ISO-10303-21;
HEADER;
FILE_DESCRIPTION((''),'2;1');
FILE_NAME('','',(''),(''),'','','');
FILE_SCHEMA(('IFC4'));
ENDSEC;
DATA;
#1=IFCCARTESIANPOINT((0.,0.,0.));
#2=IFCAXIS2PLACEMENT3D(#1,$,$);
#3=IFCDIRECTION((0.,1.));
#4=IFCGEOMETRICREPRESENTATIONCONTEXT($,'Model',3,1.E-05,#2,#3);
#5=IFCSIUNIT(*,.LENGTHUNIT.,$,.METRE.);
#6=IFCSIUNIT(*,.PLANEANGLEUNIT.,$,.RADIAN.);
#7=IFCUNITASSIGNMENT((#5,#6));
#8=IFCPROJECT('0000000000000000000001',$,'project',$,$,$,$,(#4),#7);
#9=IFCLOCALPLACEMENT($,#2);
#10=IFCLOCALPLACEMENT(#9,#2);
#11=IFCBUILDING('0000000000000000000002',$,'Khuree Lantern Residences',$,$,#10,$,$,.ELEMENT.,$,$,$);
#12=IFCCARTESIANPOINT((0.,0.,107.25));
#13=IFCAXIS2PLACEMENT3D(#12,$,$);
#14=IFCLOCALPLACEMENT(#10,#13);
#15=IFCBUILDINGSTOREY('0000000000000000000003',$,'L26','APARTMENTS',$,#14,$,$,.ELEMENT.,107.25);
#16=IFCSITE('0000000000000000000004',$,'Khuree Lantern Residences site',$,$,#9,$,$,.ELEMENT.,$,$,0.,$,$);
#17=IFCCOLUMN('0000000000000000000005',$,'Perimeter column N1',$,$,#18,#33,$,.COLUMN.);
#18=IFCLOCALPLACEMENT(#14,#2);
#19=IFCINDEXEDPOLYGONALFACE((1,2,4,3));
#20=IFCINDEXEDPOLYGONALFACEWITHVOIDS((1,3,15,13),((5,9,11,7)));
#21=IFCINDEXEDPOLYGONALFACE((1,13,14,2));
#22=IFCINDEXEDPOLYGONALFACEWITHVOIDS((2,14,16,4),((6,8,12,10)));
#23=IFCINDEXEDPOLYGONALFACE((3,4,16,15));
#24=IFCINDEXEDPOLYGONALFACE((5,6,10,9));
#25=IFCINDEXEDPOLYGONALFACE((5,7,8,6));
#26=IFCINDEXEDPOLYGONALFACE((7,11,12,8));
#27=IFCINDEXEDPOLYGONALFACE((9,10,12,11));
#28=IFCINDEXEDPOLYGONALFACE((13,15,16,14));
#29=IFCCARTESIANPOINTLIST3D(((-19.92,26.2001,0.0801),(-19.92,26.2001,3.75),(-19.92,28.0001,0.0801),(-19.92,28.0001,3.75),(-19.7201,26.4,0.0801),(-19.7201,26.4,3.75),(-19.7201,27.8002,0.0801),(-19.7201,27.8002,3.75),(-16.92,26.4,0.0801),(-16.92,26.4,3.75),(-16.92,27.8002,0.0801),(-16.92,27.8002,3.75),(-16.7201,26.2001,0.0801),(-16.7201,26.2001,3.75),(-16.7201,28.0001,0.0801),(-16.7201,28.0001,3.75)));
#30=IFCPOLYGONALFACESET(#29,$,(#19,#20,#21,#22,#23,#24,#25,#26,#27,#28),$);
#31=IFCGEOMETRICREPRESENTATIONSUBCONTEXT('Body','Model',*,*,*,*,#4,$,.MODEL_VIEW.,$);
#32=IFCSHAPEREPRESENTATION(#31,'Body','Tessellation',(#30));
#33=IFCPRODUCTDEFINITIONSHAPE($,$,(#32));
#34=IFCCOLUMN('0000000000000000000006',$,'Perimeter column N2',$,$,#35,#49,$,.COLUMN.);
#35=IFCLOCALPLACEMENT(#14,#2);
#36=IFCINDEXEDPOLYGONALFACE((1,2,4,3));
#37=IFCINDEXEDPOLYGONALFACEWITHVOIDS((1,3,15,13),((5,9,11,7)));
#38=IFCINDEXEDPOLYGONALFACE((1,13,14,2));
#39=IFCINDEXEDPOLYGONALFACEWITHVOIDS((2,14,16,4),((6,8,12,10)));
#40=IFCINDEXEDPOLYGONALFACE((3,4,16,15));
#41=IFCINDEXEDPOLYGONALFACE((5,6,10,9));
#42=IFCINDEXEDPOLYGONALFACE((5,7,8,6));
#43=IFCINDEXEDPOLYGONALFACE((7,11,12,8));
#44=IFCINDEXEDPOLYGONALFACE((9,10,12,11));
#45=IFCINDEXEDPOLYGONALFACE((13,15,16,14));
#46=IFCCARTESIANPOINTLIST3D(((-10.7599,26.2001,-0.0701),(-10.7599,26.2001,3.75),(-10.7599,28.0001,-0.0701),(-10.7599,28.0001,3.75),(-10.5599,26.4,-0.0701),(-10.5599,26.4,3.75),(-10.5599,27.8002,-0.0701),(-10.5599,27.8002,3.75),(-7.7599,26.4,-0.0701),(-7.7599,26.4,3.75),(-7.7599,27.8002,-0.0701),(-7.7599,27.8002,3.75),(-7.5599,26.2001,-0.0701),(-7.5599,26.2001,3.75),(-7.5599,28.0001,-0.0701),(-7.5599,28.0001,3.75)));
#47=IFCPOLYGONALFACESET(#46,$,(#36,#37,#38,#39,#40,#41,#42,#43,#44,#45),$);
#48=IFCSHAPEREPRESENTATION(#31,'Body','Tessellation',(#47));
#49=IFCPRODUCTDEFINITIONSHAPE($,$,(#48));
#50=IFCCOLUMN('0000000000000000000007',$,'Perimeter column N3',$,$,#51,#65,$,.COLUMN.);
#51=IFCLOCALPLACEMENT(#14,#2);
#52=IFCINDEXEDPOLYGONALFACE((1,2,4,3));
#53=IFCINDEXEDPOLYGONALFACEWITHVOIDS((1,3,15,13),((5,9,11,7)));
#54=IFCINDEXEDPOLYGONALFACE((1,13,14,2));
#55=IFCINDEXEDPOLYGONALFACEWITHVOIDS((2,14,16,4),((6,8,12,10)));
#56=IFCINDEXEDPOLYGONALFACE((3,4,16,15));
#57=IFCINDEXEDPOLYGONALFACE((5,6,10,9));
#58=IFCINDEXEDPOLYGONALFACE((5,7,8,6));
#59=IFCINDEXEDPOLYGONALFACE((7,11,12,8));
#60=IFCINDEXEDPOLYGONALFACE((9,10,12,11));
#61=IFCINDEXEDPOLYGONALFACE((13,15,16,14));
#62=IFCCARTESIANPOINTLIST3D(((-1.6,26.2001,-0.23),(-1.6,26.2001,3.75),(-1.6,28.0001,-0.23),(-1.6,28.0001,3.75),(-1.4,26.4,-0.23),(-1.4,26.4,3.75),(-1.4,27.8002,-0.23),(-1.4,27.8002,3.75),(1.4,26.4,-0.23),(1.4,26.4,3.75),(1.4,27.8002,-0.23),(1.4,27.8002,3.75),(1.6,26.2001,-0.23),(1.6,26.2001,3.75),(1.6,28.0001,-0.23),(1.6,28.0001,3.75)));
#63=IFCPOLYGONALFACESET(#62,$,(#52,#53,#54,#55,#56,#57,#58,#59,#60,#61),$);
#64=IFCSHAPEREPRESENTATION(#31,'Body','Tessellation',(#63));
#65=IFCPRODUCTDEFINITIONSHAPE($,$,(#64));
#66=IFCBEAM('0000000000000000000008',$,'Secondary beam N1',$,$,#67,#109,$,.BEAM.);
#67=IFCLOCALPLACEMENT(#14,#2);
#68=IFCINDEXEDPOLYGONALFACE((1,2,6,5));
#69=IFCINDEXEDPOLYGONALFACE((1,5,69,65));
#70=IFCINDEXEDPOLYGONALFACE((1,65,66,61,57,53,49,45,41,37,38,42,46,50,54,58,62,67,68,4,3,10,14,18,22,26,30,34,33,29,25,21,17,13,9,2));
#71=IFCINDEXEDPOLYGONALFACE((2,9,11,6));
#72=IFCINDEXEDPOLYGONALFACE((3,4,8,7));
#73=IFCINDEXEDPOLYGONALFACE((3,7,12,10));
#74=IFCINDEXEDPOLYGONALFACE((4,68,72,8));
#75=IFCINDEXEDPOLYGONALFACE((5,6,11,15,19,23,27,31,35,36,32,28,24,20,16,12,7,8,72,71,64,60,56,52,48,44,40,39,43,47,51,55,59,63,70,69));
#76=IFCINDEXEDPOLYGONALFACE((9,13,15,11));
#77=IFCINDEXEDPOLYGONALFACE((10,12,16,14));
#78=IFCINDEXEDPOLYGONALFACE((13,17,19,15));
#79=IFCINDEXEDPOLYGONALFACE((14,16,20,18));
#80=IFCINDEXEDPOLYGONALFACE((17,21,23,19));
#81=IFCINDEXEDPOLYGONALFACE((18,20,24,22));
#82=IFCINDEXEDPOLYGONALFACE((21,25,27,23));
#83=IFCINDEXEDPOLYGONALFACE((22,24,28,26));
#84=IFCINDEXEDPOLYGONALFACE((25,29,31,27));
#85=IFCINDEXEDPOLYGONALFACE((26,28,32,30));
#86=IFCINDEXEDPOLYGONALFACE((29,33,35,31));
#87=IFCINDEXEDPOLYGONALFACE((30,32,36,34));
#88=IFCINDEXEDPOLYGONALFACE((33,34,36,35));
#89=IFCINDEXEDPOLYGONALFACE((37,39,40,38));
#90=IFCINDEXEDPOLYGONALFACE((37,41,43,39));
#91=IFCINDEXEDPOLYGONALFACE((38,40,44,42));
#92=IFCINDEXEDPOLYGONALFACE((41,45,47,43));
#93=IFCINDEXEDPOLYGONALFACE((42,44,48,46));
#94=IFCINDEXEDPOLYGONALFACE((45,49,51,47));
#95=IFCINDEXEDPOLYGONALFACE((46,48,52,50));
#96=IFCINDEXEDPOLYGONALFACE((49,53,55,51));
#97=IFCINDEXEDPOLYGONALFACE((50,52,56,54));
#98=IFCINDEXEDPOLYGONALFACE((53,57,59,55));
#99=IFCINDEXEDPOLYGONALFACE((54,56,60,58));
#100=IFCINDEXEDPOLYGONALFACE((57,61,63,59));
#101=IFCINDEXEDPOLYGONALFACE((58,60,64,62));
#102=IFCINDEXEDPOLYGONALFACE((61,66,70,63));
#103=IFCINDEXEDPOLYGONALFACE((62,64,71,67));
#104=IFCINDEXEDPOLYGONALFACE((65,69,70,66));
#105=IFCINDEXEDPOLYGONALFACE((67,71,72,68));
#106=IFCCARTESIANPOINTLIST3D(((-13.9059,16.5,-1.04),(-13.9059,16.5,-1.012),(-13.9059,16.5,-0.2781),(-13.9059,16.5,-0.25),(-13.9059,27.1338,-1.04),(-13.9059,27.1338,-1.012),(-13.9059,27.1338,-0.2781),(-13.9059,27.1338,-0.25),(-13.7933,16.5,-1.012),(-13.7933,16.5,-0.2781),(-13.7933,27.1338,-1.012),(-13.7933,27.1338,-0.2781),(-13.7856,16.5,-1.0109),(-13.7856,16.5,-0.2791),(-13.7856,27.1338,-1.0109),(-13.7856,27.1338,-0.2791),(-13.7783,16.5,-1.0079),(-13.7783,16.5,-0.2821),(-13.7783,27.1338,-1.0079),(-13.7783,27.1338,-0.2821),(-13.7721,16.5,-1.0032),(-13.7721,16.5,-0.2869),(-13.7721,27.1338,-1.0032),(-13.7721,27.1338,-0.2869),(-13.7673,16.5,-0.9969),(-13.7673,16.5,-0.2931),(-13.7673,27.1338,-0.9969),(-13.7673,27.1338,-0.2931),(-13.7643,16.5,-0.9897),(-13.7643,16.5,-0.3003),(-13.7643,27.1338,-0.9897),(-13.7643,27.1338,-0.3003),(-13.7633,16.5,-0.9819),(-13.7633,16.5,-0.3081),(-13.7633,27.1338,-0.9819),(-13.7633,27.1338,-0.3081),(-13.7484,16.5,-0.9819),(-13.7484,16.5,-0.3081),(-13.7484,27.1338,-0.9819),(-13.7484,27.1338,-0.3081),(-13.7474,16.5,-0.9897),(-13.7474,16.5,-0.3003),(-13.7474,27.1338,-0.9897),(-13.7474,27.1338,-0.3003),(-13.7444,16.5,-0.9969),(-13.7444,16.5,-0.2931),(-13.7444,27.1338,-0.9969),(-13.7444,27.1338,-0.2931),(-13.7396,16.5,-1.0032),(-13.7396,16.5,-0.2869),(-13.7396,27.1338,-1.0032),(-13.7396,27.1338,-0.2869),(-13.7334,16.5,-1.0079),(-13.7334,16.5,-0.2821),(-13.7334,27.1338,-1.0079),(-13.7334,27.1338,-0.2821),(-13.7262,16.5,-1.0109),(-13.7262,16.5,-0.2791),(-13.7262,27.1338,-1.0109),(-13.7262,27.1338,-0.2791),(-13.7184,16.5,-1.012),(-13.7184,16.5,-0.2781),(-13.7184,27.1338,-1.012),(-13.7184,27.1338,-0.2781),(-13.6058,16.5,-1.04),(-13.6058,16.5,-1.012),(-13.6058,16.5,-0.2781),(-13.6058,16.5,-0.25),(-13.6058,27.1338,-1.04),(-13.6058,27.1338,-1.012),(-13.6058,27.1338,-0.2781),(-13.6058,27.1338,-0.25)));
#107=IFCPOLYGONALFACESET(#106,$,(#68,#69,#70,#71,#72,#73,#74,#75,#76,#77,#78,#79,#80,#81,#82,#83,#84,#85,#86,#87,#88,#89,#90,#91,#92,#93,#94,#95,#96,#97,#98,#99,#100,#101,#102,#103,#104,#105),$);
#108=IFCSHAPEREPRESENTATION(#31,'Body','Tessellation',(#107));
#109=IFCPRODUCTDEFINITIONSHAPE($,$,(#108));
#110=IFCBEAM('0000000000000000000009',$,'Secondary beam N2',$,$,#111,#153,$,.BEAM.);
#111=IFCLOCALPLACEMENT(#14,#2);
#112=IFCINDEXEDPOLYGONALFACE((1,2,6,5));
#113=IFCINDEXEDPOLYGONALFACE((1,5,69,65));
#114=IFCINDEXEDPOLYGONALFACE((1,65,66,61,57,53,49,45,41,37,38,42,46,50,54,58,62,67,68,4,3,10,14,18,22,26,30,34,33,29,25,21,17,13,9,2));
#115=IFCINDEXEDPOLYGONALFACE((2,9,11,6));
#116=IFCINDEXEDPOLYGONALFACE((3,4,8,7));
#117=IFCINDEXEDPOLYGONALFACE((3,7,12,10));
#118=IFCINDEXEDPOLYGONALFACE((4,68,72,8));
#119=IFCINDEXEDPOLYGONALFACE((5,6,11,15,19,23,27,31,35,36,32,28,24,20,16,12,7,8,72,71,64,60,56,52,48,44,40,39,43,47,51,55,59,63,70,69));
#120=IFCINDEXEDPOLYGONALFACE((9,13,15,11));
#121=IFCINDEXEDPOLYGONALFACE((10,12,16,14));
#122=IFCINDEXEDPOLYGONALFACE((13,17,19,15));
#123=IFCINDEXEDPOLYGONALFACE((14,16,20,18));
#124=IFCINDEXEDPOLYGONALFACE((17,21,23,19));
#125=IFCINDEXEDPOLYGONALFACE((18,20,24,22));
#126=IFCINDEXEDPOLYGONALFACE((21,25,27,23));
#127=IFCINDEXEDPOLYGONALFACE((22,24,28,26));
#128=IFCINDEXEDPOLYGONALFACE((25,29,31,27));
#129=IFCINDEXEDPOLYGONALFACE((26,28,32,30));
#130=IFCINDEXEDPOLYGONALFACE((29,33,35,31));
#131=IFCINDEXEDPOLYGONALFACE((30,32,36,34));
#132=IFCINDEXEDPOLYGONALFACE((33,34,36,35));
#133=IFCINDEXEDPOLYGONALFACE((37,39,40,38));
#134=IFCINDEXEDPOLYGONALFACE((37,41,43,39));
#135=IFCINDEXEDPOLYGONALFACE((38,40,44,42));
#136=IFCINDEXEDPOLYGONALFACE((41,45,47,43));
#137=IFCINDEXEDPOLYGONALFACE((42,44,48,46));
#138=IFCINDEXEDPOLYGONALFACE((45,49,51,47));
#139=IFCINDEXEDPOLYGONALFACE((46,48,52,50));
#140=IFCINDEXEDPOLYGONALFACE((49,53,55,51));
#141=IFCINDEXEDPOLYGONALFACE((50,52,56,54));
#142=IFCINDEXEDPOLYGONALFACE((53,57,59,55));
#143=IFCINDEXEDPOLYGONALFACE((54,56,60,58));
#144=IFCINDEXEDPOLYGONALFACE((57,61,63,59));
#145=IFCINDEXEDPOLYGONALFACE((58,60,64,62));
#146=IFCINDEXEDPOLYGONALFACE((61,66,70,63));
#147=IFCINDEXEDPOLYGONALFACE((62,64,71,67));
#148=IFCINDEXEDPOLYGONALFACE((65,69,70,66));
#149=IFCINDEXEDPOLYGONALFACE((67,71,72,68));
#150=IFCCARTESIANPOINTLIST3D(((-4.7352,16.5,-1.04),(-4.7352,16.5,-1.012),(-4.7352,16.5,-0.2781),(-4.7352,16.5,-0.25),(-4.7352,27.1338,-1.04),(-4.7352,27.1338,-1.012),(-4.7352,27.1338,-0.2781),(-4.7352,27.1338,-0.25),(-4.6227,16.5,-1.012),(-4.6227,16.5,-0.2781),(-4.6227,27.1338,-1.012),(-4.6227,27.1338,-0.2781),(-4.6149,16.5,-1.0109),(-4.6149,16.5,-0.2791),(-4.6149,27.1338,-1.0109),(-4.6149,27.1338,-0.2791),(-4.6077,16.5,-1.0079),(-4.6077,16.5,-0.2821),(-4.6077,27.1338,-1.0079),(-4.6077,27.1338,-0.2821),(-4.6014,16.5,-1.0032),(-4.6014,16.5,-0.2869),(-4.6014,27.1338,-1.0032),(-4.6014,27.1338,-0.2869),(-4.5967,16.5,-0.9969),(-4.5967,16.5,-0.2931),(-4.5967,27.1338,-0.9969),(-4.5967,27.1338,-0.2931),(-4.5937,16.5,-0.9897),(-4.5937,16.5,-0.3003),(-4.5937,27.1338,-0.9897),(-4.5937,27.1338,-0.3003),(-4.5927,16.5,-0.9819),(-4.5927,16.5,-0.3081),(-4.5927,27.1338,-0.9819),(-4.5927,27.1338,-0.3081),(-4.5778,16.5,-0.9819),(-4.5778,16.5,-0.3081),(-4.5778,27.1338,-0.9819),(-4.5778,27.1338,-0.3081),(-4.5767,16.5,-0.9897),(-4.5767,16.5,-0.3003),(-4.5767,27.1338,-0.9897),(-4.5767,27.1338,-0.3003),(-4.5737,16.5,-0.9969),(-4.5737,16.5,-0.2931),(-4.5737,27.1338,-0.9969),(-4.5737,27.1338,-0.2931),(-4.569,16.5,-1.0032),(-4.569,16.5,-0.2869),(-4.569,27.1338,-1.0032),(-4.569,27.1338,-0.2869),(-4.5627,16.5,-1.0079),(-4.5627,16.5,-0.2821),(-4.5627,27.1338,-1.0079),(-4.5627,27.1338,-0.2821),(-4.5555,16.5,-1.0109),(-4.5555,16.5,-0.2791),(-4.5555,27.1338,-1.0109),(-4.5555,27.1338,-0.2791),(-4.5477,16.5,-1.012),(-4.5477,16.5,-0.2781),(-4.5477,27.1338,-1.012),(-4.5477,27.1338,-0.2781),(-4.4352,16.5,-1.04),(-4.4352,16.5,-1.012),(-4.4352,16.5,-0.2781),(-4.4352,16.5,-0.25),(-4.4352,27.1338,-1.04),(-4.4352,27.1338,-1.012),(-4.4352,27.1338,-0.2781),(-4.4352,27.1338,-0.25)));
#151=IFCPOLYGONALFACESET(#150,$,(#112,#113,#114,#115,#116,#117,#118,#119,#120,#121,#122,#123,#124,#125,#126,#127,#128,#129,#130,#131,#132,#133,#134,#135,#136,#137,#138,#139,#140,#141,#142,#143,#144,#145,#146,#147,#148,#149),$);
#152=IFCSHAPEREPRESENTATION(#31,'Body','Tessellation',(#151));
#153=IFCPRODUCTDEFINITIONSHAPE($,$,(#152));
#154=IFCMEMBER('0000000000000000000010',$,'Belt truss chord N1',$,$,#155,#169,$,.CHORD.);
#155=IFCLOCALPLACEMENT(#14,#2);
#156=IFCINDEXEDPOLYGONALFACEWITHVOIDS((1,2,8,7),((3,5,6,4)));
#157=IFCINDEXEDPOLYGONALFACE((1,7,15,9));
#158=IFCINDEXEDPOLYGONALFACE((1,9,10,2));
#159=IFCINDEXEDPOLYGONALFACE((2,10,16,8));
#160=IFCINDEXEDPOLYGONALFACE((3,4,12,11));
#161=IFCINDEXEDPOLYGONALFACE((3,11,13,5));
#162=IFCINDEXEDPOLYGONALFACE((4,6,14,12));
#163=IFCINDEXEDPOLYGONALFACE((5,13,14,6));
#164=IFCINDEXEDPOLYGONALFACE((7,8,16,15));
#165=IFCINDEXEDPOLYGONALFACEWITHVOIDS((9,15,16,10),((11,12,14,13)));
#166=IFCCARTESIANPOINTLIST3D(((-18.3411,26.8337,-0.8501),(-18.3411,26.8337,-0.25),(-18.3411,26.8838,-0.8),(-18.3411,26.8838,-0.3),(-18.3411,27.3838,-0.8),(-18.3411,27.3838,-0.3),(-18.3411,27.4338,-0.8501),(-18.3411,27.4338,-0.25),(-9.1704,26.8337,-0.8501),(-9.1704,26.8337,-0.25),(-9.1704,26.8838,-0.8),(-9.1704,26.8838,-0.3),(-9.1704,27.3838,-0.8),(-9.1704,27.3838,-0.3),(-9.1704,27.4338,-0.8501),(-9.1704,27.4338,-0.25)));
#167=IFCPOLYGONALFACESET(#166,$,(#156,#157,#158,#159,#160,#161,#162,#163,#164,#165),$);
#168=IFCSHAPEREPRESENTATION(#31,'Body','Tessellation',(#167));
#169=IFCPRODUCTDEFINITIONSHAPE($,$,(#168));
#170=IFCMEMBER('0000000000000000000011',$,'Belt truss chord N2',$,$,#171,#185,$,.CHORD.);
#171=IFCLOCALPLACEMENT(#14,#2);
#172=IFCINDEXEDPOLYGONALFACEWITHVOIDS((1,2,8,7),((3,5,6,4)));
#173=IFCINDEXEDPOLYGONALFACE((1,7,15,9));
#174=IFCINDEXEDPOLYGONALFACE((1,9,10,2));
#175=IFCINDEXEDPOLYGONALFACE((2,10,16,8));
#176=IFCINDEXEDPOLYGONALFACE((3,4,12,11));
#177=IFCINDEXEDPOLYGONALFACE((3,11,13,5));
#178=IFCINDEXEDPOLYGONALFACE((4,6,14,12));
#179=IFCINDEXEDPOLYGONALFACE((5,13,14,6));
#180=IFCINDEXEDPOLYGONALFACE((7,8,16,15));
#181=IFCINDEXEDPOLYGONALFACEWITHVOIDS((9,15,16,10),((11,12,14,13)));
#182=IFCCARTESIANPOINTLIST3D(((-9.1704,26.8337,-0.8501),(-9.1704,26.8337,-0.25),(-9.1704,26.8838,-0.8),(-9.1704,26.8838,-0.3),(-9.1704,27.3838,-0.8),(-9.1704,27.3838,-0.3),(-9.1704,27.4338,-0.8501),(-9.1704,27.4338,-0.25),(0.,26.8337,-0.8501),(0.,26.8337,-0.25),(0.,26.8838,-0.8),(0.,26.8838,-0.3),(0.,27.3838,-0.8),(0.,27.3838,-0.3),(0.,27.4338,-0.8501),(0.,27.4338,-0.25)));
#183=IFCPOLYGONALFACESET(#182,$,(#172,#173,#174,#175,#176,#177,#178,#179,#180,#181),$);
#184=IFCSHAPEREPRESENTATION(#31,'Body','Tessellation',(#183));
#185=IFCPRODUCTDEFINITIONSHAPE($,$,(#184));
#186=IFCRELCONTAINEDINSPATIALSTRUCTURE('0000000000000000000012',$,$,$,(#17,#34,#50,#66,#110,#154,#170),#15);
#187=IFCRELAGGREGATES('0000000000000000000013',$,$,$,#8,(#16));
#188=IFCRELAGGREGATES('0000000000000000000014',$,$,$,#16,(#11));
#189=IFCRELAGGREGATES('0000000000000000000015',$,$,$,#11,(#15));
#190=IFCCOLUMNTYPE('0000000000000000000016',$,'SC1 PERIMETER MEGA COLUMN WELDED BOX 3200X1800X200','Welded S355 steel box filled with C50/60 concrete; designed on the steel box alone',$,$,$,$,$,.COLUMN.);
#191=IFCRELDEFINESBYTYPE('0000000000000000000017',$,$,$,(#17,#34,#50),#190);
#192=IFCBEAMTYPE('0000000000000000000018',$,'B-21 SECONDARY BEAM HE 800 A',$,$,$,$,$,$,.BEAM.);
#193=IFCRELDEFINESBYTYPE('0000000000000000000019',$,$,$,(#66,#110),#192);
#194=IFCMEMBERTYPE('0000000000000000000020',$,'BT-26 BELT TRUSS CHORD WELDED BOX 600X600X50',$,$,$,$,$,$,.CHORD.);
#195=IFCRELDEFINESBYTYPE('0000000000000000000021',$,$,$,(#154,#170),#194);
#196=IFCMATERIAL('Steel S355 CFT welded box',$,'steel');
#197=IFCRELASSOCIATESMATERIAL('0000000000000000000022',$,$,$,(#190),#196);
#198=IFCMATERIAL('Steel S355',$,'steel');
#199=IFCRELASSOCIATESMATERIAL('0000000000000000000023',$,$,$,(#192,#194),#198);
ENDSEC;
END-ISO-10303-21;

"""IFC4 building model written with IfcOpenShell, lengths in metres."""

from ifc_helpers import new_model, si_unit, direction, frame, origin, origin_2d, place, context, subcontext, project, spatial, hollow_rectangle, i_section, extrude, material, material_profile, profile_set, type_object, element, save


model = new_model("IFC4")

# Units and contexts
model_context = context("Model", 3, precision=1e-05, world=origin(), true_north=direction((0.0, 1.0)))
body_context = subcontext(model_context, "Body", "Model", "MODEL_VIEW")
ifc_project = project(units=[si_unit("LENGTHUNIT", "METRE"), si_unit("PLANEANGLEUNIT", "RADIAN")], contexts=[model_context])

# Site, building, storey
site_placement = place(None, origin())
site = spatial("IfcSite", under=ifc_project, at=site_placement, Name="Khuree Lantern Residences site", CompositionType="ELEMENT", RefElevation=0.0)
building_placement = place(site_placement, origin())
building = spatial("IfcBuilding", under=site, at=building_placement, Name="Khuree Lantern Residences", CompositionType="ELEMENT")
storey_placement = place(building_placement, frame((0.0, 0.0, 107.25)))
storey = spatial("IfcBuildingStorey", under=building, at=storey_placement, Name="L26", Description="APARTMENTS", CompositionType="ELEMENT", Elevation=107.25)

# Columns
ifc_material_1 = material(Name="Steel S355 CFT welded box", Category="steel")
ifc_material_profile_1 = material_profile(ifc_material_1, hollow_rectangle(XDim=3.2, YDim=1.8, WallThickness=0.2, at=origin_2d()), Name="WELDED BOX 3200X1800X200")
ifc_profile_set_1 = profile_set([ifc_material_profile_1], Name="Steel S355 CFT welded box")
column_type = type_object("IfcColumnType", Name="SC1 PERIMETER MEGA COLUMN WELDED BOX 3200X1800X200", Description="Welded S355 steel box filled with C50/60 concrete; designed on the steel box alone", PredefinedType="COLUMN", material=ifc_profile_set_1)
column_1_placement = place(storey_placement, frame((-18.3201, 27.1001, 0.0801), z_axis=(0.0, 0.0, 1.0), x_axis=(1.0, 0.0, 0.0)))
element("IfcColumn", 1, at=column_1_placement, inside=storey, type_object=column_type, Name="Perimeter column N1", PredefinedType="COLUMN", context=body_context, shape_type="SweptSolid", body=[
    extrude(hollow_rectangle(XDim=3.2, YDim=1.8, WallThickness=0.2, at=origin_2d()), origin(), (0.0, 0.0, 1.0), 3.6699),
])
column_2_placement = place(storey_placement, frame((-9.1599, 27.1001, -0.0701), z_axis=(0.0, 0.0, 1.0), x_axis=(1.0, 0.0, 0.0)))
element("IfcColumn", 2, at=column_2_placement, inside=storey, type_object=column_type, Name="Perimeter column N2", PredefinedType="COLUMN", context=body_context, shape_type="SweptSolid", body=[
    extrude(hollow_rectangle(XDim=3.2, YDim=1.8, WallThickness=0.2, at=origin_2d()), origin(), (0.0, 0.0, 1.0), 3.8201),
])
column_3_placement = place(storey_placement, frame((0.0, 27.1001, -0.23), z_axis=(0.0, 0.0, 1.0), x_axis=(1.0, 0.0, 0.0)))
element("IfcColumn", 3, at=column_3_placement, inside=storey, type_object=column_type, Name="Perimeter column N3", PredefinedType="COLUMN", context=body_context, shape_type="SweptSolid", body=[
    extrude(hollow_rectangle(XDim=3.2, YDim=1.8, WallThickness=0.2, at=origin_2d()), origin(), (0.0, 0.0, 1.0), 3.98),
])

# Beams
ifc_material_2 = material(Name="Steel S355", Category="steel")
ifc_material_profile_2 = material_profile(ifc_material_2, i_section(OverallWidth=0.3, OverallDepth=0.79, WebThickness=0.0149, FlangeThickness=0.0281, FilletRadius=0.03, at=origin_2d()), Name="HE 800 A")
ifc_profile_set_2 = profile_set([ifc_material_profile_2], Name="Steel S355")
beam_type_1 = type_object("IfcBeamType", Name="B-21 SECONDARY BEAM HE 800 A", PredefinedType="BEAM", material=ifc_profile_set_2)
for number, where, z_axis, x_axis, name in (
    (4, (-13.7559, 27.1338, -0.645), (0.0, -1.0, 0.0), (1.0, 0.0, 0.0), "Secondary beam N1"),
    (5, (-4.5852, 27.1338, -0.645), (0.0, -1.0, 0.0), (1.0, 0.0, 0.0), "Secondary beam N2"),
):
    element("IfcBeam", number, at=place(storey_placement, frame(where, z_axis=z_axis, x_axis=x_axis)), inside=storey, type_object=beam_type_1, Name=name, PredefinedType="BEAM", context=body_context, shape_type="SweptSolid", body=[
        extrude(i_section(OverallWidth=0.3, OverallDepth=0.79, WebThickness=0.0149, FlangeThickness=0.0281, FilletRadius=0.03, at=origin_2d()), origin(), (0.0, 0.0, 1.0), 10.6338),
    ])

# Members
ifc_material_profile_3 = material_profile(ifc_material_2, hollow_rectangle(XDim=0.6001, YDim=0.6001, WallThickness=0.05, at=origin_2d()), Name="WELDED BOX 600X600X50")
ifc_profile_set_3 = profile_set([ifc_material_profile_3], Name="Steel S355")
member_type_1 = type_object("IfcMemberType", Name="BT-26 BELT TRUSS CHORD WELDED BOX 600X600X50", PredefinedType="CHORD", material=ifc_profile_set_3)
member_1_placement = place(storey_placement, frame((-18.3411, 27.1338, -0.55), z_axis=(1.0, 0.0, 0.0), x_axis=(0.0, 1.0, 0.0)))
element("IfcMember", 6, at=member_1_placement, inside=storey, type_object=member_type_1, Name="Belt truss chord N1", PredefinedType="CHORD", context=body_context, shape_type="SweptSolid", body=[
    extrude(hollow_rectangle(XDim=0.6001, YDim=0.6001, WallThickness=0.05, at=origin_2d()), origin(), (0.0, 0.0, 1.0), 9.1707),
])
member_2_placement = place(storey_placement, frame((-9.1704, 27.1338, -0.55), z_axis=(1.0, 0.0, 0.0), x_axis=(0.0, 1.0, 0.0)))
element("IfcMember", 7, at=member_2_placement, inside=storey, type_object=member_type_1, Name="Belt truss chord N2", PredefinedType="CHORD", context=body_context, shape_type="SweptSolid", body=[
    extrude(hollow_rectangle(XDim=0.6001, YDim=0.6001, WallThickness=0.05, at=origin_2d()), origin(), (0.0, 0.0, 1.0), 9.1704),
])

save(model, "model.ifc")
